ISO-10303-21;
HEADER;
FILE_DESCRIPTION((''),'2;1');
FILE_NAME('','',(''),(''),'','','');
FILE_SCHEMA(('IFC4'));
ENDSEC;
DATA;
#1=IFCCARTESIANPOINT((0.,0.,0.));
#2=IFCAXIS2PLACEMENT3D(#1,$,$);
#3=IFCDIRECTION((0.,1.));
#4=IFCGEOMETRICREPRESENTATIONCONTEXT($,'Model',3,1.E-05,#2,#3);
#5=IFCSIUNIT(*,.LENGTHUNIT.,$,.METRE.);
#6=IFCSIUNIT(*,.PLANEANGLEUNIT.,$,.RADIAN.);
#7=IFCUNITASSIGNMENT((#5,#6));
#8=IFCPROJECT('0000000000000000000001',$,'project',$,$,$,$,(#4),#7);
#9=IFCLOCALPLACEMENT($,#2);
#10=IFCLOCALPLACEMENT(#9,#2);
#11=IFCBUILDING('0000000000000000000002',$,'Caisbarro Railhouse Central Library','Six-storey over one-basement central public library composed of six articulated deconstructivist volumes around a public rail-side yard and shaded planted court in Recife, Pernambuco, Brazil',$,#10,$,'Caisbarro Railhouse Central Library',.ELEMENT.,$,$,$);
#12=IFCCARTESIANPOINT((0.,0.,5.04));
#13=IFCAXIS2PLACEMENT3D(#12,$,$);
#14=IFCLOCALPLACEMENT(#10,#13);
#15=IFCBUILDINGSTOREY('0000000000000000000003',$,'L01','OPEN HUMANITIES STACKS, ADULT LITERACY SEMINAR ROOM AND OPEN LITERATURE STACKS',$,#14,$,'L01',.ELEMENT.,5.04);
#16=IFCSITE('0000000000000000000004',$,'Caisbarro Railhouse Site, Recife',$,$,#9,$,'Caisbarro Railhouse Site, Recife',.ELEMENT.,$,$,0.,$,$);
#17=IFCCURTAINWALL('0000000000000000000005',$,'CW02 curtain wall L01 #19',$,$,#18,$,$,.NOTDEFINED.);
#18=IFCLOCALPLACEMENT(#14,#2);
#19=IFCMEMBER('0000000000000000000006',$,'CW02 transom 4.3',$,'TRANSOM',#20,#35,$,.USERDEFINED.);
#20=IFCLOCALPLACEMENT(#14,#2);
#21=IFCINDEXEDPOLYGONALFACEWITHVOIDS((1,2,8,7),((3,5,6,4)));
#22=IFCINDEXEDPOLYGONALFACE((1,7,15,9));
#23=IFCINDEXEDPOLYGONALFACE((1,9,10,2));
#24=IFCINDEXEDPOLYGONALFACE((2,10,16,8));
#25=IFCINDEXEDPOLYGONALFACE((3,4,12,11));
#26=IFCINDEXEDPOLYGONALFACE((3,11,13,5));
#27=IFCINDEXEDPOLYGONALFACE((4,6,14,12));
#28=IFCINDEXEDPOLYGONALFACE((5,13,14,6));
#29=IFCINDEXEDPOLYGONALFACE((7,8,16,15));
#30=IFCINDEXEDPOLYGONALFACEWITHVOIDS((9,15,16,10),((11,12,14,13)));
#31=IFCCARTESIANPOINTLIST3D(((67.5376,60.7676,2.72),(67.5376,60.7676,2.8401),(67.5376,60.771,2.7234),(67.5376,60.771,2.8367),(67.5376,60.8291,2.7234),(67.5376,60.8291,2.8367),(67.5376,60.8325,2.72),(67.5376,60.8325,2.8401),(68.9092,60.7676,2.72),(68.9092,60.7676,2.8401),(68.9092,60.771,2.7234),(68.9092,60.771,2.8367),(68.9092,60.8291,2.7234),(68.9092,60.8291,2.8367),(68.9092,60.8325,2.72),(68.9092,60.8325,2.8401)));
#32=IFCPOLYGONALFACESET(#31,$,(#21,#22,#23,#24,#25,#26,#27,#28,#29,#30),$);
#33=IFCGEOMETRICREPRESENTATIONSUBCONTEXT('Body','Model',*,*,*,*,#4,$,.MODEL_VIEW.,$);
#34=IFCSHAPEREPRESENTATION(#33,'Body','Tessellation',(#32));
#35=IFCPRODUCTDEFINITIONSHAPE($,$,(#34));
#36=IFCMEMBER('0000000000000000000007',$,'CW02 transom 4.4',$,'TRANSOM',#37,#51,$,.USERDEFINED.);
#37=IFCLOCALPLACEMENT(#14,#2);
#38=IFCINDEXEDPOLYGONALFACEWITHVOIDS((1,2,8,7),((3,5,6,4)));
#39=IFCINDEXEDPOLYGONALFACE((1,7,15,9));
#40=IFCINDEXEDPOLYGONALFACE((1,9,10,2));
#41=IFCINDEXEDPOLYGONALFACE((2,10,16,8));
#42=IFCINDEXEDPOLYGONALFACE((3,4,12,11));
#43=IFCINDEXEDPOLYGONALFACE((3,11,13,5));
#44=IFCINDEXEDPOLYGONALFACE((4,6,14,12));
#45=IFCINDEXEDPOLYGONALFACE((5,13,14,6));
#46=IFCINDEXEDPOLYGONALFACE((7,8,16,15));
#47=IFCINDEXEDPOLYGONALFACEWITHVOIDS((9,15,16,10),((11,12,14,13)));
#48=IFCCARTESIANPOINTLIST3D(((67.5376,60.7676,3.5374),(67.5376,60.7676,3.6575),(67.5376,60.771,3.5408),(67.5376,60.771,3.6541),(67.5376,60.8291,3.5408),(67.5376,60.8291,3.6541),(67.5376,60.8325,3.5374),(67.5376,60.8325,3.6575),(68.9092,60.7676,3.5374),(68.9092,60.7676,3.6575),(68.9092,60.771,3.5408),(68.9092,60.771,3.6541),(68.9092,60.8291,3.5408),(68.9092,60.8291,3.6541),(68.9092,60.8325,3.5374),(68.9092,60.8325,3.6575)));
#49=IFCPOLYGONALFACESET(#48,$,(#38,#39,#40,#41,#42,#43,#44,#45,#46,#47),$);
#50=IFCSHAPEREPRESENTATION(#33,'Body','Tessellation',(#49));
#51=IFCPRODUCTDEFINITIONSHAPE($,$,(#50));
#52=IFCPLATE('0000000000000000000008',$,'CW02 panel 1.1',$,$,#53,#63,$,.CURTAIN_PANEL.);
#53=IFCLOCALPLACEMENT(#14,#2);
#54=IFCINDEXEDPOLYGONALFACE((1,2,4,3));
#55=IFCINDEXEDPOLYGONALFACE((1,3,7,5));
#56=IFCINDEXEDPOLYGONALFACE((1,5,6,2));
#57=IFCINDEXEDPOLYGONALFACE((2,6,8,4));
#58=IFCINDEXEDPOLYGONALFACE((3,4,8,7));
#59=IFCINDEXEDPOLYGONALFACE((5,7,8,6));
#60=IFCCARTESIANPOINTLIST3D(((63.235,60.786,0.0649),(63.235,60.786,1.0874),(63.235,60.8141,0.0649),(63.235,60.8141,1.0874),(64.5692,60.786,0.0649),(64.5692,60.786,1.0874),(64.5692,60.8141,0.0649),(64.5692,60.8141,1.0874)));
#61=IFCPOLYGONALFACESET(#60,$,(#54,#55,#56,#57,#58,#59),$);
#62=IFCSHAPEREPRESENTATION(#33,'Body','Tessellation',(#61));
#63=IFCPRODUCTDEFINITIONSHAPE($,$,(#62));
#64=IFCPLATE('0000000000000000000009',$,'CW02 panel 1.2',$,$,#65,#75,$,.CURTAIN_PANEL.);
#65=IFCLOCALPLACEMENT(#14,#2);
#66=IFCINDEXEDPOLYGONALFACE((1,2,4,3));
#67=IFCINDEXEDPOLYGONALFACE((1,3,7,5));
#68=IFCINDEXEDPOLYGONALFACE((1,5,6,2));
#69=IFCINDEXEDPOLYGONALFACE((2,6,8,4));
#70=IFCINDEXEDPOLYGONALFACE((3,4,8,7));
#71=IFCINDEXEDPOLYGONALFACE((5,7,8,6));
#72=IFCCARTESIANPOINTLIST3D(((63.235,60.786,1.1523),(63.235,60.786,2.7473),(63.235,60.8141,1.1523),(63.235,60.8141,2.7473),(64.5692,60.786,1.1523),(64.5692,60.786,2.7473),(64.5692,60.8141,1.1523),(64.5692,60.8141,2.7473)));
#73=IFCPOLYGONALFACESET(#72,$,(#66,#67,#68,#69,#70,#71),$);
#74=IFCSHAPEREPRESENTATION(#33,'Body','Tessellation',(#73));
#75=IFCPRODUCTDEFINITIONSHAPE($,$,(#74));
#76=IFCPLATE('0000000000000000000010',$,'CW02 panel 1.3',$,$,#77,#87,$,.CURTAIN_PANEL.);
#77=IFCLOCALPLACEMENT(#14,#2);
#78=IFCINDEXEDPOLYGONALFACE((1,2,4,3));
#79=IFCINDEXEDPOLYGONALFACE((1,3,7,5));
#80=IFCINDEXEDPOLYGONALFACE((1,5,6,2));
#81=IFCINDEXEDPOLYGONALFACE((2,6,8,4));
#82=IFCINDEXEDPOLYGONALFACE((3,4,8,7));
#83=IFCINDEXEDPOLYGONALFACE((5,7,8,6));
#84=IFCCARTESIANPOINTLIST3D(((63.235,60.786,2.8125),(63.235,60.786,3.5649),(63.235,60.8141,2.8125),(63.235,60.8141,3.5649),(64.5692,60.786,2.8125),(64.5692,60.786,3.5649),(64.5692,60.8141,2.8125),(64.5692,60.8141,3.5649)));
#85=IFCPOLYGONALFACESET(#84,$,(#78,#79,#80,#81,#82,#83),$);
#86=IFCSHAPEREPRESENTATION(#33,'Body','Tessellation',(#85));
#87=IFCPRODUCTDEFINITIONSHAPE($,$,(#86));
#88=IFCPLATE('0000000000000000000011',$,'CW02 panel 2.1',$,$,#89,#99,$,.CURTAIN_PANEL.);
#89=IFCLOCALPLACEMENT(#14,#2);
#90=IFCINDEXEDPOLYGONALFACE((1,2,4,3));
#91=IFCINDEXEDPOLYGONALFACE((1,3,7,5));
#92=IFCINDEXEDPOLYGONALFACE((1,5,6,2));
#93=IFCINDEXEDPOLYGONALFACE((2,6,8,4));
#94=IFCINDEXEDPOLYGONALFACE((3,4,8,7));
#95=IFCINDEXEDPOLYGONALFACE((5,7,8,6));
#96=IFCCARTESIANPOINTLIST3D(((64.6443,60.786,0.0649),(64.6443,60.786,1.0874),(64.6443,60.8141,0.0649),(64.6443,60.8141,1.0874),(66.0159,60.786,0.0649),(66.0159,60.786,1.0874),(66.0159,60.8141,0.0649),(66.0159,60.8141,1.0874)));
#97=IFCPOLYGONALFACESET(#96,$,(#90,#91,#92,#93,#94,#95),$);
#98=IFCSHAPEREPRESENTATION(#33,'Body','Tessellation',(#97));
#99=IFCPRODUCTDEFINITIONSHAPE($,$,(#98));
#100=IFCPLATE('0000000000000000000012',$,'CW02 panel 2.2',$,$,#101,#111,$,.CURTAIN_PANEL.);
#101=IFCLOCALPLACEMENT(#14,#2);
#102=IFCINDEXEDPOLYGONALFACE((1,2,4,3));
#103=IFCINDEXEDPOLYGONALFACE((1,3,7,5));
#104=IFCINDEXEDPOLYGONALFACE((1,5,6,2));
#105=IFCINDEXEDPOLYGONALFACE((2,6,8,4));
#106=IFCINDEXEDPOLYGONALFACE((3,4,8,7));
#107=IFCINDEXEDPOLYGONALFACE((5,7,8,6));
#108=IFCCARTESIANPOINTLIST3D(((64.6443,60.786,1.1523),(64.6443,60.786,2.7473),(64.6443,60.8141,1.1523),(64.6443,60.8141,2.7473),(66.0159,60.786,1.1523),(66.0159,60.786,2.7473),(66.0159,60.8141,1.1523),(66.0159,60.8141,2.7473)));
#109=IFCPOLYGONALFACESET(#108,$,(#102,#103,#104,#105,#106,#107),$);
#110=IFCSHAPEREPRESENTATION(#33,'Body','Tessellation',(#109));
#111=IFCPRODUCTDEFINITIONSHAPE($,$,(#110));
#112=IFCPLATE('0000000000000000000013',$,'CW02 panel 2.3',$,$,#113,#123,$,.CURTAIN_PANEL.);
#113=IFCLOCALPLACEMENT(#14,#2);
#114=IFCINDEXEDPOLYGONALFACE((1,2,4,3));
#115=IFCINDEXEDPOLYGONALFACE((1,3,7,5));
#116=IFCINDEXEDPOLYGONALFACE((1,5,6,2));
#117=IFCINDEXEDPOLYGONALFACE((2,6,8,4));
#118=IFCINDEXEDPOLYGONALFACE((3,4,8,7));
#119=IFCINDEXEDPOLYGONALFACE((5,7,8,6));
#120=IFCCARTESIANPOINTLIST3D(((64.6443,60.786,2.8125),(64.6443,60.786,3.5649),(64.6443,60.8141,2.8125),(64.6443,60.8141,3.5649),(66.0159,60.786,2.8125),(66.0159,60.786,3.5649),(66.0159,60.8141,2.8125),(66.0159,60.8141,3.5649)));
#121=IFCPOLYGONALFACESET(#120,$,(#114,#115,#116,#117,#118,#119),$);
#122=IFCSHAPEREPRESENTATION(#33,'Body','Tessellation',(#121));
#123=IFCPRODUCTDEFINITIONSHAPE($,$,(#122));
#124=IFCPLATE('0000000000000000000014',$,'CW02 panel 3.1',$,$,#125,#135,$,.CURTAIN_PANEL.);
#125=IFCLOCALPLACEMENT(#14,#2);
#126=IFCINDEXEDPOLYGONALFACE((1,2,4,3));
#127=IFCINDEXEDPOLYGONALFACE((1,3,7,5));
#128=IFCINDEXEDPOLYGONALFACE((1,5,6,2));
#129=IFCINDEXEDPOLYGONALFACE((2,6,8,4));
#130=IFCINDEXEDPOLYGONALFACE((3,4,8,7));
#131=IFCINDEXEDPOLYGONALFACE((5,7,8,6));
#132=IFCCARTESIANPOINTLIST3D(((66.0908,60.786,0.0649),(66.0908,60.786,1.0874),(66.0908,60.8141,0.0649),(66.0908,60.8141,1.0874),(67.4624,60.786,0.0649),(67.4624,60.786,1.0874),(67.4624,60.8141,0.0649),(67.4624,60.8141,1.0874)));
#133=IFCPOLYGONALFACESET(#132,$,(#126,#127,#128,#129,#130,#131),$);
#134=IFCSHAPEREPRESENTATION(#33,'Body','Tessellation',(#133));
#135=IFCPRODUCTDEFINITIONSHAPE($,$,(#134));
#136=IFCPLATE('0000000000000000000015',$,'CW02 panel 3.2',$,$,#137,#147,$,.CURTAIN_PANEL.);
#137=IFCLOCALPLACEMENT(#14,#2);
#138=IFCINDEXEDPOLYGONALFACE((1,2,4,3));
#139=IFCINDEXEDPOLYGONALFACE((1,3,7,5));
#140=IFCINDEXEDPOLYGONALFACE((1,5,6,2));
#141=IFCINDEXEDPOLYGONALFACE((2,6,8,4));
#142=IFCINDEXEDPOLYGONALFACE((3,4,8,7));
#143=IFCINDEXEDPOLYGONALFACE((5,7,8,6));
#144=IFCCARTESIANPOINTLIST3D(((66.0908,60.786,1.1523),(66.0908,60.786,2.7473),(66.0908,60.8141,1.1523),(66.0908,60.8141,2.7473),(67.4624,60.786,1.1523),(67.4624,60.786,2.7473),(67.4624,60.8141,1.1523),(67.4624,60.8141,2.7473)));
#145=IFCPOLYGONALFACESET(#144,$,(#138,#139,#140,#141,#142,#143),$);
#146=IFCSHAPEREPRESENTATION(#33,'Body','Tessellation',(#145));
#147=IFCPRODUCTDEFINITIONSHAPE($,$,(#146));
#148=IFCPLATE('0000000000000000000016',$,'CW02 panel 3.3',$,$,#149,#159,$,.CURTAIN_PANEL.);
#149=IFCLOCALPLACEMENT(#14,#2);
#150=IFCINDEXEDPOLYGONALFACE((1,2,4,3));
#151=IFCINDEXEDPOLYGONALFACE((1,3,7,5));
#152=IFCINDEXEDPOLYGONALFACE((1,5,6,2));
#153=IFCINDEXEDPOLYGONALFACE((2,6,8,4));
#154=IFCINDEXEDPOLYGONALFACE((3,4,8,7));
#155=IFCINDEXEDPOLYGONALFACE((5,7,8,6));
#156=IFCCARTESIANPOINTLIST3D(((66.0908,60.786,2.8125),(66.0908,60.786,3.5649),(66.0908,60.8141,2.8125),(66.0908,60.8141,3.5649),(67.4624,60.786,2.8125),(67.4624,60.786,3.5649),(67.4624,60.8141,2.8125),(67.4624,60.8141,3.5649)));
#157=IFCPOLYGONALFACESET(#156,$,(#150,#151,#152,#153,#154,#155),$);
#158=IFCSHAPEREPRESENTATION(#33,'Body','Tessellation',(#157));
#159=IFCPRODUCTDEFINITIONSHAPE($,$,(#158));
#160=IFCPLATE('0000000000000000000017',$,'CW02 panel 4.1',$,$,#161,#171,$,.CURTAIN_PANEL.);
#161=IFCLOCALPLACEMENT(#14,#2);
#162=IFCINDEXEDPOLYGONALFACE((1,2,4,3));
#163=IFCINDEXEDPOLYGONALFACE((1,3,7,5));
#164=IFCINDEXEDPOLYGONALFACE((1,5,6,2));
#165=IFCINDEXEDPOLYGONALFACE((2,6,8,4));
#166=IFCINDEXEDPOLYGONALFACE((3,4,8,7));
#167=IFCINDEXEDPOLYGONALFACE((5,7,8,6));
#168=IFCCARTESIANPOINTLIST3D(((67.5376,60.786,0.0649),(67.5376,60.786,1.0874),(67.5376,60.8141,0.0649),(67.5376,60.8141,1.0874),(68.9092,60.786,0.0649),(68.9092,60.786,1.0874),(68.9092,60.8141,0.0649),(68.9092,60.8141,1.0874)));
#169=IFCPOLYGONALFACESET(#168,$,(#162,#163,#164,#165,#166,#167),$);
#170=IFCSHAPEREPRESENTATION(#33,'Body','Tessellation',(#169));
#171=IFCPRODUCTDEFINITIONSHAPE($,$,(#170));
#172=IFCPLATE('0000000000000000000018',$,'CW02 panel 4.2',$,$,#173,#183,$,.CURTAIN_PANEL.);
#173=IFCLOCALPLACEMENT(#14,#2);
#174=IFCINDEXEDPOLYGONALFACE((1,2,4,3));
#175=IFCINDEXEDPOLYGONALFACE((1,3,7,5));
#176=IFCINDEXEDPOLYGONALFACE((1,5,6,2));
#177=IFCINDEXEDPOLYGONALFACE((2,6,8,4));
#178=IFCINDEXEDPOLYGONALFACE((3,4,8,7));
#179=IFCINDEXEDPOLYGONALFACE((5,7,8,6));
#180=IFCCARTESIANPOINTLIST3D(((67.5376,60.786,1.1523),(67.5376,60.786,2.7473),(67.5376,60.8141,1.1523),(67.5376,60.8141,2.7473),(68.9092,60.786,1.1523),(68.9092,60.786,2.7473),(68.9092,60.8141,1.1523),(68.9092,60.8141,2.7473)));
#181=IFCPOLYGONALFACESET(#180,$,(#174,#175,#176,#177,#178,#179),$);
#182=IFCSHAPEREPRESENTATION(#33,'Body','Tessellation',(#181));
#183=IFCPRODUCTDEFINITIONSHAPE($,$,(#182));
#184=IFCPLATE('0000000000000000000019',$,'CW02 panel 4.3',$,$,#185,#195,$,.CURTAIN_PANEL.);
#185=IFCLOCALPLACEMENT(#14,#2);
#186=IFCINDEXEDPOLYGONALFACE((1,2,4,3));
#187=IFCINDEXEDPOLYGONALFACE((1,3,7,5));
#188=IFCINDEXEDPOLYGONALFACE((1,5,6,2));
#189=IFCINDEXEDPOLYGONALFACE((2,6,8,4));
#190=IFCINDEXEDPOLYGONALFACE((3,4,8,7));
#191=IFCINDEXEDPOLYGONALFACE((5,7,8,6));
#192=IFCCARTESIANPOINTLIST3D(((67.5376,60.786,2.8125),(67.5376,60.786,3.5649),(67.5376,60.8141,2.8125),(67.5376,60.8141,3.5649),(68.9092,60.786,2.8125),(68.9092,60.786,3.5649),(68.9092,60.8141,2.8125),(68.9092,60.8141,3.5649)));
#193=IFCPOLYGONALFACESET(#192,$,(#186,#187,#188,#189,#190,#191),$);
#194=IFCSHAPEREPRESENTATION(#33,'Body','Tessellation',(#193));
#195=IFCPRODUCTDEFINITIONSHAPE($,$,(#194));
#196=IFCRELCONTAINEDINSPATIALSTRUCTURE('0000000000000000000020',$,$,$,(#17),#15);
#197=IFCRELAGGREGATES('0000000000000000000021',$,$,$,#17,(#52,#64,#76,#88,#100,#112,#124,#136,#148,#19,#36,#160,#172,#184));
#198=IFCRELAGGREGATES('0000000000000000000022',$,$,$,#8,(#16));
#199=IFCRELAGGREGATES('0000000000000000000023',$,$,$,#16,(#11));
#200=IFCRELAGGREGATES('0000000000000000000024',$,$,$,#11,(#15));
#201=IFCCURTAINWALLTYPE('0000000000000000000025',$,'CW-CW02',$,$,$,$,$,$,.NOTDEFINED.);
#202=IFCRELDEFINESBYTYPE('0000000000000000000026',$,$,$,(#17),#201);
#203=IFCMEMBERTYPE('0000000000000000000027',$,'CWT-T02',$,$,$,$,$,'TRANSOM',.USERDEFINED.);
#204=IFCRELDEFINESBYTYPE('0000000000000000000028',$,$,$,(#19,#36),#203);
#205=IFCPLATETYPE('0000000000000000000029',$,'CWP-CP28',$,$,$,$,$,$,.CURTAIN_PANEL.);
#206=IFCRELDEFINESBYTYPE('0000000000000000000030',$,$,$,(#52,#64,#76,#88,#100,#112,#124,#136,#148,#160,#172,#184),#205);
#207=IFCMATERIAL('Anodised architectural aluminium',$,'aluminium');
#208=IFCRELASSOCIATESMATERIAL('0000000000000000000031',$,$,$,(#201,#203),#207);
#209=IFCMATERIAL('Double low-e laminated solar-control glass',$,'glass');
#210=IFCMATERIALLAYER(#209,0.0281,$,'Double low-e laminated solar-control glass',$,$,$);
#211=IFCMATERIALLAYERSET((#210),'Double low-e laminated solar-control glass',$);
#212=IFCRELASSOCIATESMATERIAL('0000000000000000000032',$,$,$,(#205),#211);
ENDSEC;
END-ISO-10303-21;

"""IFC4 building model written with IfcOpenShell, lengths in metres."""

from ifc_helpers import new_model, si_unit, direction, frame, origin, origin_2d, place, context, subcontext, project, spatial, rectangle, hollow_rectangle, extrude, material, layer, layer_set, material_profile, profile_set, type_object, element, aggregate, save


model = new_model("IFC4")

# Units and contexts
model_context = context("Model", 3, precision=1e-05, world=origin(), true_north=direction((0.0, 1.0)))
body_context = subcontext(model_context, "Body", "Model", "MODEL_VIEW")
ifc_project = project(units=[si_unit("LENGTHUNIT", "METRE"), si_unit("PLANEANGLEUNIT", "RADIAN")], contexts=[model_context])

# Site, building, storey
site_placement = place(None, origin())
site = spatial("IfcSite", under=ifc_project, at=site_placement, Name="Caisbarro Railhouse Site, Recife", LongName="Caisbarro Railhouse Site, Recife", CompositionType="ELEMENT", RefElevation=0.0)
building_placement = place(site_placement, origin())
building = spatial("IfcBuilding", under=site, at=building_placement, Name="Caisbarro Railhouse Central Library", Description="Six-storey over one-basement central public library composed of six articulated deconstructivist volumes around a public rail-side yard and shaded planted court in Recife, Pernambuco, Brazil", LongName="Caisbarro Railhouse Central Library", CompositionType="ELEMENT")
storey_placement = place(building_placement, frame((0.0, 0.0, 5.04)))
storey = spatial("IfcBuildingStorey", under=building, at=storey_placement, Name="L01", Description="OPEN HUMANITIES STACKS, ADULT LITERACY SEMINAR ROOM AND OPEN LITERATURE STACKS", LongName="L01", CompositionType="ELEMENT", Elevation=5.04)

# Curtain wall, members, plates
ifc_material_1 = material(Name="Anodised architectural aluminium", Category="aluminium")
curtain_wall_type = type_object("IfcCurtainWallType", Name="CW-CW02", PredefinedType="NOTDEFINED", material=ifc_material_1)
curtain_wall_placement = place(storey_placement, origin())
curtain_wall = element("IfcCurtainWall", 1, at=curtain_wall_placement, inside=storey, type_object=curtain_wall_type, Name="CW02 curtain wall L01 #19", PredefinedType="NOTDEFINED")
ifc_material_profile_1 = material_profile(ifc_material_1, hollow_rectangle(XDim=0.0649, YDim=0.1201, WallThickness=0.0034, at=origin_2d()), Name="ALU-TRN-65X120")
ifc_profile_set_1 = profile_set([ifc_material_profile_1], Name="Anodised architectural aluminium")
member_type_1 = type_object("IfcMemberType", Name="CWT-T02", ElementType="TRANSOM", PredefinedType="USERDEFINED", material=ifc_profile_set_1)
member_1_placement = place(storey_placement, frame((67.5376, 60.8, 2.78), z_axis=(1.0, 0.0, 0.0), x_axis=(0.0, 1.0, 0.0)))
member_1 = element("IfcMember", 2, at=member_1_placement, type_object=member_type_1, Name="CW02 transom 4.3", ObjectType="TRANSOM", PredefinedType="USERDEFINED", context=body_context, shape_type="SweptSolid", body=[
    extrude(hollow_rectangle(XDim=0.0649, YDim=0.1201, WallThickness=0.0034, at=origin_2d()), origin(), (0.0, 0.0, 1.0), 1.3716),
])
member_2_placement = place(storey_placement, frame((67.5376, 60.8, 3.5974), z_axis=(1.0, 0.0, 0.0), x_axis=(0.0, 1.0, 0.0)))
member_2 = element("IfcMember", 3, at=member_2_placement, type_object=member_type_1, Name="CW02 transom 4.4", ObjectType="TRANSOM", PredefinedType="USERDEFINED", context=body_context, shape_type="SweptSolid", body=[
    extrude(hollow_rectangle(XDim=0.0649, YDim=0.1201, WallThickness=0.0034, at=origin_2d()), origin(), (0.0, 0.0, 1.0), 1.3716),
])
ifc_material_2 = material(Name="Double low-e laminated solar-control glass", Category="glass")
ifc_layer = layer(ifc_material_2, 0.0281, Name="Double low-e laminated solar-control glass")
ifc_layer_set = layer_set([ifc_layer], Name="Double low-e laminated solar-control glass")
plate_type = type_object("IfcPlateType", Name="CWP-CP28", PredefinedType="CURTAIN_PANEL", material=ifc_layer_set)
plate_1_placement = place(storey_placement, frame((63.9021, 60.8, 0.0649), z_axis=(0.0, 0.0, 1.0), x_axis=(1.0, 0.0, 0.0)))
plate_1 = element("IfcPlate", 4, at=plate_1_placement, type_object=plate_type, Name="CW02 panel 1.1", PredefinedType="CURTAIN_PANEL", context=body_context, shape_type="SweptSolid", body=[
    extrude(rectangle(XDim=1.3342, YDim=0.0281, at=origin_2d()), origin(), (0.0, 0.0, 1.0), 1.0225),
])
plate_2_placement = place(storey_placement, frame((63.9021, 60.8, 1.1523), z_axis=(0.0, 0.0, 1.0), x_axis=(1.0, 0.0, 0.0)))
plate_2 = element("IfcPlate", 5, at=plate_2_placement, type_object=plate_type, Name="CW02 panel 1.2", PredefinedType="CURTAIN_PANEL", context=body_context, shape_type="SweptSolid", body=[
    extrude(rectangle(XDim=1.3342, YDim=0.0281, at=origin_2d()), origin(), (0.0, 0.0, 1.0), 1.595),
])
plate_3_placement = place(storey_placement, frame((63.9021, 60.8, 2.8125), z_axis=(0.0, 0.0, 1.0), x_axis=(1.0, 0.0, 0.0)))
plate_3 = element("IfcPlate", 6, at=plate_3_placement, type_object=plate_type, Name="CW02 panel 1.3", PredefinedType="CURTAIN_PANEL", context=body_context, shape_type="SweptSolid", body=[
    extrude(rectangle(XDim=1.3342, YDim=0.0281, at=origin_2d()), origin(), (0.0, 0.0, 1.0), 0.7524),
])
plate_4_placement = place(storey_placement, frame((65.3301, 60.8, 0.0649), z_axis=(0.0, 0.0, 1.0), x_axis=(1.0, 0.0, 0.0)))
plate_4 = element("IfcPlate", 7, at=plate_4_placement, type_object=plate_type, Name="CW02 panel 2.1", PredefinedType="CURTAIN_PANEL", context=body_context, shape_type="SweptSolid", body=[
    extrude(rectangle(XDim=1.3716, YDim=0.0281, at=origin_2d()), origin(), (0.0, 0.0, 1.0), 1.0225),
])
plate_5_placement = place(storey_placement, frame((65.3301, 60.8, 1.1523), z_axis=(0.0, 0.0, 1.0), x_axis=(1.0, 0.0, 0.0)))
plate_5 = element("IfcPlate", 8, at=plate_5_placement, type_object=plate_type, Name="CW02 panel 2.2", PredefinedType="CURTAIN_PANEL", context=body_context, shape_type="SweptSolid", body=[
    extrude(rectangle(XDim=1.3716, YDim=0.0281, at=origin_2d()), origin(), (0.0, 0.0, 1.0), 1.595),
])
plate_6_placement = place(storey_placement, frame((65.3301, 60.8, 2.8125), z_axis=(0.0, 0.0, 1.0), x_axis=(1.0, 0.0, 0.0)))
plate_6 = element("IfcPlate", 9, at=plate_6_placement, type_object=plate_type, Name="CW02 panel 2.3", PredefinedType="CURTAIN_PANEL", context=body_context, shape_type="SweptSolid", body=[
    extrude(rectangle(XDim=1.3716, YDim=0.0281, at=origin_2d()), origin(), (0.0, 0.0, 1.0), 0.7524),
])
plate_7_placement = place(storey_placement, frame((66.7766, 60.8, 0.0649), z_axis=(0.0, 0.0, 1.0), x_axis=(1.0, 0.0, 0.0)))
plate_7 = element("IfcPlate", 10, at=plate_7_placement, type_object=plate_type, Name="CW02 panel 3.1", PredefinedType="CURTAIN_PANEL", context=body_context, shape_type="SweptSolid", body=[
    extrude(rectangle(XDim=1.3716, YDim=0.0281, at=origin_2d()), origin(), (0.0, 0.0, 1.0), 1.0225),
])
plate_8_placement = place(storey_placement, frame((66.7766, 60.8, 1.1523), z_axis=(0.0, 0.0, 1.0), x_axis=(1.0, 0.0, 0.0)))
plate_8 = element("IfcPlate", 11, at=plate_8_placement, type_object=plate_type, Name="CW02 panel 3.2", PredefinedType="CURTAIN_PANEL", context=body_context, shape_type="SweptSolid", body=[
    extrude(rectangle(XDim=1.3716, YDim=0.0281, at=origin_2d()), origin(), (0.0, 0.0, 1.0), 1.595),
])
plate_9_placement = place(storey_placement, frame((66.7766, 60.8, 2.8125), z_axis=(0.0, 0.0, 1.0), x_axis=(1.0, 0.0, 0.0)))
plate_9 = element("IfcPlate", 12, at=plate_9_placement, type_object=plate_type, Name="CW02 panel 3.3", PredefinedType="CURTAIN_PANEL", context=body_context, shape_type="SweptSolid", body=[
    extrude(rectangle(XDim=1.3716, YDim=0.0281, at=origin_2d()), origin(), (0.0, 0.0, 1.0), 0.7524),
])
plate_10_placement = place(storey_placement, frame((68.2234, 60.8, 0.0649), z_axis=(0.0, 0.0, 1.0), x_axis=(1.0, 0.0, 0.0)))
plate_10 = element("IfcPlate", 13, at=plate_10_placement, type_object=plate_type, Name="CW02 panel 4.1", PredefinedType="CURTAIN_PANEL", context=body_context, shape_type="SweptSolid", body=[
    extrude(rectangle(XDim=1.3716, YDim=0.0281, at=origin_2d()), origin(), (0.0, 0.0, 1.0), 1.0225),
])
plate_11_placement = place(storey_placement, frame((68.2234, 60.8, 1.1523), z_axis=(0.0, 0.0, 1.0), x_axis=(1.0, 0.0, 0.0)))
plate_11 = element("IfcPlate", 14, at=plate_11_placement, type_object=plate_type, Name="CW02 panel 4.2", PredefinedType="CURTAIN_PANEL", context=body_context, shape_type="SweptSolid", body=[
    extrude(rectangle(XDim=1.3716, YDim=0.0281, at=origin_2d()), origin(), (0.0, 0.0, 1.0), 1.595),
])
plate_12_placement = place(storey_placement, frame((68.2234, 60.8, 2.8125), z_axis=(0.0, 0.0, 1.0), x_axis=(1.0, 0.0, 0.0)))
plate_12 = element("IfcPlate", 15, at=plate_12_placement, type_object=plate_type, Name="CW02 panel 4.3", PredefinedType="CURTAIN_PANEL", context=body_context, shape_type="SweptSolid", body=[
    extrude(rectangle(XDim=1.3716, YDim=0.0281, at=origin_2d()), origin(), (0.0, 0.0, 1.0), 0.7524),
])
aggregate(curtain_wall, [plate_1, plate_2, plate_3, plate_4, plate_5, plate_6, plate_7, plate_8, plate_9, member_1, member_2, plate_10, plate_11, plate_12])

save(model, "model.ifc")
